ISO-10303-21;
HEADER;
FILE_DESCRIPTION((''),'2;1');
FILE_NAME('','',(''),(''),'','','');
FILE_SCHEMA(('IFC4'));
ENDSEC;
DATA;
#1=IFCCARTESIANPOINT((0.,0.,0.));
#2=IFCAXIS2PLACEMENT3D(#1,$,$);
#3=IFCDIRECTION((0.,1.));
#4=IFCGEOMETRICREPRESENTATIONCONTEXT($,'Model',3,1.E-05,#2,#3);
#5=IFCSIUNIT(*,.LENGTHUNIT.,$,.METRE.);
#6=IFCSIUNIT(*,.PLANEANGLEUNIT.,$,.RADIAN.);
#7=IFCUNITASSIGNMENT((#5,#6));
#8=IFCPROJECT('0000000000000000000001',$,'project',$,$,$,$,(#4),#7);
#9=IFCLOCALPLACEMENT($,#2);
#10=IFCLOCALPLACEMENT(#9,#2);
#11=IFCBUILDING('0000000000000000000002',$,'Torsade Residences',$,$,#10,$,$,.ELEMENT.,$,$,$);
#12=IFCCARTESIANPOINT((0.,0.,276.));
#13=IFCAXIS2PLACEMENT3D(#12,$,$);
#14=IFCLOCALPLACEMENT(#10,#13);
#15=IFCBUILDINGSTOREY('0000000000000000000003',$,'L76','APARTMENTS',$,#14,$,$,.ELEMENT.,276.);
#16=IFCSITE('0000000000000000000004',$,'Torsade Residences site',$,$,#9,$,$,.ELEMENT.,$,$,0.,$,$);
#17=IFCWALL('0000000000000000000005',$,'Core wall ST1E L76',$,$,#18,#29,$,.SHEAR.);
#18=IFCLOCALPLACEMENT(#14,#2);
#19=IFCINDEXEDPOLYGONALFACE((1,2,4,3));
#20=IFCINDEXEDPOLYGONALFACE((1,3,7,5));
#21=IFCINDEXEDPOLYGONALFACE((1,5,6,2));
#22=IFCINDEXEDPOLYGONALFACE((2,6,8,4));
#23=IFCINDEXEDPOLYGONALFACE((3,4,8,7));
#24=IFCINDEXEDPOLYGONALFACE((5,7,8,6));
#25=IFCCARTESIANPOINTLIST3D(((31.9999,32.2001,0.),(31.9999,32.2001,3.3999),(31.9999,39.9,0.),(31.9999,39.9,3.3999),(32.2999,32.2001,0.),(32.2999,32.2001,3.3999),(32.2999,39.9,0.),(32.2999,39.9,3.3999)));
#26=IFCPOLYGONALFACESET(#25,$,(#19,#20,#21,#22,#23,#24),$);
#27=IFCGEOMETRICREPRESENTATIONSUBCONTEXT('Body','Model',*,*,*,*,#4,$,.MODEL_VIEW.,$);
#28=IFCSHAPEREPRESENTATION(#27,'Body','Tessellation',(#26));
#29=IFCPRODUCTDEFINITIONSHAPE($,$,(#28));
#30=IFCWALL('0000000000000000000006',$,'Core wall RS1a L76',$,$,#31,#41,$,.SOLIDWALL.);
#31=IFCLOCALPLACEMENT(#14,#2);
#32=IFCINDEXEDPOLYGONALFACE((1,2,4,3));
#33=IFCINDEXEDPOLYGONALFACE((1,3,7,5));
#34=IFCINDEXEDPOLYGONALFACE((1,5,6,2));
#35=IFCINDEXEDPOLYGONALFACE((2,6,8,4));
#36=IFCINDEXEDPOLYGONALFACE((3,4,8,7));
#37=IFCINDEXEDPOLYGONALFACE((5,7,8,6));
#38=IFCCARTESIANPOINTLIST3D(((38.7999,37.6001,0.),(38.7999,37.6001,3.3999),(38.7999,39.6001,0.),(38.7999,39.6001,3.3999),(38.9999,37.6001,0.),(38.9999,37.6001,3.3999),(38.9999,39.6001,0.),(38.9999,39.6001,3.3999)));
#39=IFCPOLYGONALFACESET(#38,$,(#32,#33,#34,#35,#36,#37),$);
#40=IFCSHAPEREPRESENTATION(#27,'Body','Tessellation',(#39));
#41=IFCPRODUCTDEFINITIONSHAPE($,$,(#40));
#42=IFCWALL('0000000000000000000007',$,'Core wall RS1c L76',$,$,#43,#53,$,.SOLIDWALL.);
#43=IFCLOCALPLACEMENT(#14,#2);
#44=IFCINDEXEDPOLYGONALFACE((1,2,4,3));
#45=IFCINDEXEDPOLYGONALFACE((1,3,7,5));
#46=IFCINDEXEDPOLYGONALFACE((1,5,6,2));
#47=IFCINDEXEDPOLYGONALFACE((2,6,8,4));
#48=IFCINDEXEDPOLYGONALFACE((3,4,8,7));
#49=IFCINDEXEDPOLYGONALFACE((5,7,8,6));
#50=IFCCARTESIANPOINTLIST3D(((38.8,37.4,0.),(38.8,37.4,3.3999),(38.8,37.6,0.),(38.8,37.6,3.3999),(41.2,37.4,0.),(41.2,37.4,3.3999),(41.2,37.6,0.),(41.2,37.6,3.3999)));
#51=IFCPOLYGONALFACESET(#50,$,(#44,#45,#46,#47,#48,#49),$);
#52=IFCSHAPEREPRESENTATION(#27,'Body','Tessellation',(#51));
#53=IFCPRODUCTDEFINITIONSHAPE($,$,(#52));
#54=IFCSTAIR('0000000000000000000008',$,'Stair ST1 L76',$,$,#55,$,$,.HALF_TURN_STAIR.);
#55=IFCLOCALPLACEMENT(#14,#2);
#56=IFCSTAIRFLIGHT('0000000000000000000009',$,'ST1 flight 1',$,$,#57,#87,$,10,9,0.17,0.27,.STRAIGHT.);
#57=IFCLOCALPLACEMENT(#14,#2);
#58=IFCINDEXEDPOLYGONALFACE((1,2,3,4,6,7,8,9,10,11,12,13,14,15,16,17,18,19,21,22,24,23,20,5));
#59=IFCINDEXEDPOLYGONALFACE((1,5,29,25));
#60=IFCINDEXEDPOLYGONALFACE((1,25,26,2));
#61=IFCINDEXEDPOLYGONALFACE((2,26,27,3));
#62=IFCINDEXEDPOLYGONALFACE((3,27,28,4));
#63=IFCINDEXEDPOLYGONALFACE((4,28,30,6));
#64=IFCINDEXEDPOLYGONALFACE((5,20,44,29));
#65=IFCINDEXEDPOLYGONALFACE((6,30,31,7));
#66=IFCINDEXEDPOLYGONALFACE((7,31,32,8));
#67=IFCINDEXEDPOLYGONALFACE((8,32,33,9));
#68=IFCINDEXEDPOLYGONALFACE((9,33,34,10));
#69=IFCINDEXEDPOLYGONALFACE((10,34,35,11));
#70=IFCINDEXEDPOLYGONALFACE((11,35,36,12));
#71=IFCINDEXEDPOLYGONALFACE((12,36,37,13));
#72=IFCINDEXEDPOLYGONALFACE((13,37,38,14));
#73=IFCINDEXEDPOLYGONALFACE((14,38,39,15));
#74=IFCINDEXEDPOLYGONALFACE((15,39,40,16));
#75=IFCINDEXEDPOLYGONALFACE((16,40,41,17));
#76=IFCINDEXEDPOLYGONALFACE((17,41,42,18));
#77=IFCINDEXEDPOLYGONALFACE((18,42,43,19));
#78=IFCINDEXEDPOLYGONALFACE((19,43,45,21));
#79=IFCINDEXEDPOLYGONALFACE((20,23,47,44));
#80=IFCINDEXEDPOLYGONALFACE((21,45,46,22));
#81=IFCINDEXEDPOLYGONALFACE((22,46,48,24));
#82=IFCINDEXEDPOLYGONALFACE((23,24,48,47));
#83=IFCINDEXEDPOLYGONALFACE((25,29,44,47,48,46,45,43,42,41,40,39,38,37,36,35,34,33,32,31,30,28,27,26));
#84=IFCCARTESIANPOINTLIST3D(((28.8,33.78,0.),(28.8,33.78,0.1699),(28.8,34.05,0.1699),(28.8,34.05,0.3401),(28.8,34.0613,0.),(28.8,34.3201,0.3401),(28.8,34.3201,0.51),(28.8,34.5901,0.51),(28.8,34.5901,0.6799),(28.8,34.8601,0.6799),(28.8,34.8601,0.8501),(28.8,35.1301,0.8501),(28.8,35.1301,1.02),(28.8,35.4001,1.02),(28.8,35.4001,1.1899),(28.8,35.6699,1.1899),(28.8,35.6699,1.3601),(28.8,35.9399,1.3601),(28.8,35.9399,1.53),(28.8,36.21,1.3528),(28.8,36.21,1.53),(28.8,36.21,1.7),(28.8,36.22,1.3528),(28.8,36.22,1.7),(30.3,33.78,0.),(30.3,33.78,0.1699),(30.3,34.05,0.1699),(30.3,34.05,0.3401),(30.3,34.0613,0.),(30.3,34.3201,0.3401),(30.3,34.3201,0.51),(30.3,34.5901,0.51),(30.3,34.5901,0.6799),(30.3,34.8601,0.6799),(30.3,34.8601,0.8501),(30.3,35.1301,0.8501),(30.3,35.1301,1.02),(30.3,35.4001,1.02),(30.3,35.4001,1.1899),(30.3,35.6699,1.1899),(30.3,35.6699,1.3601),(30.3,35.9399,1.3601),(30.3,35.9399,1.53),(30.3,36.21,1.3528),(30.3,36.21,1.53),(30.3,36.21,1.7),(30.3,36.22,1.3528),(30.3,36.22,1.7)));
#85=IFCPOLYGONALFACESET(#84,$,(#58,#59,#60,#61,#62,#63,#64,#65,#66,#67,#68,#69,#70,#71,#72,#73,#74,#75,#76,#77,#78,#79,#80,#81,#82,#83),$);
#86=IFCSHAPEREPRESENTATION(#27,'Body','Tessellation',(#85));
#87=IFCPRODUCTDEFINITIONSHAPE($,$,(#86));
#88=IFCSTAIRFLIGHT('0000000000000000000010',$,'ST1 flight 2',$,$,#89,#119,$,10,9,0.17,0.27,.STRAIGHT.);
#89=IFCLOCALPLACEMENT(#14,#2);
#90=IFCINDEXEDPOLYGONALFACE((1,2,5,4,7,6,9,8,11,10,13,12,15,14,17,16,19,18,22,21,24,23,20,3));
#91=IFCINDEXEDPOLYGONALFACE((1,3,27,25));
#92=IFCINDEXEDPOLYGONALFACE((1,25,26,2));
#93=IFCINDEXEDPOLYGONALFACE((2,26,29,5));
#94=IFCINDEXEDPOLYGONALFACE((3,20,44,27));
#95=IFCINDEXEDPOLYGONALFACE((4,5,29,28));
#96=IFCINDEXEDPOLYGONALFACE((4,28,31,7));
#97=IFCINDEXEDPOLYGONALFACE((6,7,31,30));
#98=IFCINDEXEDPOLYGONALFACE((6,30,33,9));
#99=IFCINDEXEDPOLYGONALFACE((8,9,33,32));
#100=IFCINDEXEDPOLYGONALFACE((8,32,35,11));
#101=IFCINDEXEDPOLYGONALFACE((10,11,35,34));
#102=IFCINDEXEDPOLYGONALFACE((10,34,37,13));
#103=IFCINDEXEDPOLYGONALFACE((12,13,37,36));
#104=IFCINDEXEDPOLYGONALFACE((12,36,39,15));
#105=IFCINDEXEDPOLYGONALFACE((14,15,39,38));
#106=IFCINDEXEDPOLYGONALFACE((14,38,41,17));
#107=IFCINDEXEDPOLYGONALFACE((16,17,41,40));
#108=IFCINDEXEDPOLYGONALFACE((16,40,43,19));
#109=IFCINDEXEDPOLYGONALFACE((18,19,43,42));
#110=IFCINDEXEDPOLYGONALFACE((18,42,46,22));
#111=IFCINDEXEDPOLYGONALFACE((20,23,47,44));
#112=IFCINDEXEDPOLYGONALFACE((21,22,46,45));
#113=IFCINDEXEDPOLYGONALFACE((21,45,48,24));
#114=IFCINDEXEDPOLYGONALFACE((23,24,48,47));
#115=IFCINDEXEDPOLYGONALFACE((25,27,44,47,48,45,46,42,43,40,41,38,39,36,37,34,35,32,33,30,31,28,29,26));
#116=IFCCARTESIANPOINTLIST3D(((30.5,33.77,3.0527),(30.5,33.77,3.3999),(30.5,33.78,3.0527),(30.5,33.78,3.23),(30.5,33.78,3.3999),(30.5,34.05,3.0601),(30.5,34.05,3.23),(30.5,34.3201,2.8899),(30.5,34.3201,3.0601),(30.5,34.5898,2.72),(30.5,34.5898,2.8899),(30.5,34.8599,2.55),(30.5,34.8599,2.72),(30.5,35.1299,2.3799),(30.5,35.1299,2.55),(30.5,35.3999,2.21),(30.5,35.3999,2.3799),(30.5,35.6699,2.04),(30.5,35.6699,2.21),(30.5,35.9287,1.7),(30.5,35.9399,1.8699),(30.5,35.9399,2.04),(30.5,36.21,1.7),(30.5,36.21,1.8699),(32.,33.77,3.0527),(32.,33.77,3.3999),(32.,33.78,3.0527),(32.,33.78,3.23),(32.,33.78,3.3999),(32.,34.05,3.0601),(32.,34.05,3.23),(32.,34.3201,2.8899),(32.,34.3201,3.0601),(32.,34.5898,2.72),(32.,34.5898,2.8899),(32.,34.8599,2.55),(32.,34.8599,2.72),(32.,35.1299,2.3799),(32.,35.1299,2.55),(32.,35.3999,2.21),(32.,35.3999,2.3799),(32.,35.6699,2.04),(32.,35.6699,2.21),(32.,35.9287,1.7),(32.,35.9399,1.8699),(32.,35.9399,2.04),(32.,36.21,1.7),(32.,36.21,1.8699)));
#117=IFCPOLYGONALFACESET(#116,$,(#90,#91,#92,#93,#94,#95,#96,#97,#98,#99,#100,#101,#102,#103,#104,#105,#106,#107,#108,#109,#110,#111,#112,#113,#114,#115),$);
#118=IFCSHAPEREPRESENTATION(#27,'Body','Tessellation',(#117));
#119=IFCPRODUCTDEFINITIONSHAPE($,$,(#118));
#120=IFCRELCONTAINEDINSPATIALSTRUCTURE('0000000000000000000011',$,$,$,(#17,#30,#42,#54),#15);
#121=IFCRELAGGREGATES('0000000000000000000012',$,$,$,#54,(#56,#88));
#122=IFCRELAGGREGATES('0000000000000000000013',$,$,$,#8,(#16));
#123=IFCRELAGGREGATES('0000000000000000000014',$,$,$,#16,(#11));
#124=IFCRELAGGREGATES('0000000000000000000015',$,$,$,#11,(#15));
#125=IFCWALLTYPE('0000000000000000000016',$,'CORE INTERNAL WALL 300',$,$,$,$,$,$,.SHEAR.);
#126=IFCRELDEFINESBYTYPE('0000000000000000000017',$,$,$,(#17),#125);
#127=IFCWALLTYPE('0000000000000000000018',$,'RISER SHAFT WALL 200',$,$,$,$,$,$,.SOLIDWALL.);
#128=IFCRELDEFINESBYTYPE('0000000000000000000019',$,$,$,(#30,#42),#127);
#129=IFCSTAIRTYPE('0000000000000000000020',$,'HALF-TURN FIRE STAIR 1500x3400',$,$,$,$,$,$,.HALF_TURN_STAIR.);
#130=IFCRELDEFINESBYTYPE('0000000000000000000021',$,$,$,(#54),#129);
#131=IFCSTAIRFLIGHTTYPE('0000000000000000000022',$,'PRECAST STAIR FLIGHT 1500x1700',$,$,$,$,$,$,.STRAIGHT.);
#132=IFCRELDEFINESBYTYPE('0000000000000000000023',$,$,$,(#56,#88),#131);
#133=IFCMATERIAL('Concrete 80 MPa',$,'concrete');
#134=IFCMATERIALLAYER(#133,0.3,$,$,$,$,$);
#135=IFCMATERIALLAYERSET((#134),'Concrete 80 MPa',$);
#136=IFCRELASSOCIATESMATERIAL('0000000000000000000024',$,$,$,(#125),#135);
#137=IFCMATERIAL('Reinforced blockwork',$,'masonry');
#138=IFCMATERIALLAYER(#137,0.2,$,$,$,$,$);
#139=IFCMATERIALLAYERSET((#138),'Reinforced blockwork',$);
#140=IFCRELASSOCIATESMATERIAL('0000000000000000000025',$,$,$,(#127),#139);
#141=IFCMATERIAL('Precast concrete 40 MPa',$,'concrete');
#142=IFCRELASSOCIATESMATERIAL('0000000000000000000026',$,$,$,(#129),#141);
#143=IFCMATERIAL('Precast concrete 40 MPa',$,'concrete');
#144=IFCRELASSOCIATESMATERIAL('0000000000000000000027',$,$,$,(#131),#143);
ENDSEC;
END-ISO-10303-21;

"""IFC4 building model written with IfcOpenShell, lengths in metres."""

from ifc_helpers import new_model, si_unit, direction, frame, frame_2d, origin, place, context, subcontext, project, spatial, polyline, rectangle, outline, extrude, material, layer, layer_set, type_object, element, aggregate, save


model = new_model("IFC4")

# Units and contexts
model_context = context("Model", 3, precision=1e-05, world=origin(), true_north=direction((0.0, 1.0)))
body_context = subcontext(model_context, "Body", "Model", "MODEL_VIEW")
ifc_project = project(units=[si_unit("LENGTHUNIT", "METRE"), si_unit("PLANEANGLEUNIT", "RADIAN")], contexts=[model_context])

# Site, building, storey
site_placement = place(None, origin())
site = spatial("IfcSite", under=ifc_project, at=site_placement, Name="Torsade Residences site", CompositionType="ELEMENT", RefElevation=0.0)
building_placement = place(site_placement, origin())
building = spatial("IfcBuilding", under=site, at=building_placement, Name="Torsade Residences", CompositionType="ELEMENT")
storey_placement = place(building_placement, frame((0.0, 0.0, 276.0)))
storey = spatial("IfcBuildingStorey", under=building, at=storey_placement, Name="L76", Description="APARTMENTS", CompositionType="ELEMENT", Elevation=276.0)

# Shared definitions
ifc_material_1 = material(Name="Concrete 80 MPa", Category="concrete")
ifc_layer_1 = layer(ifc_material_1, 0.3)
ifc_layer_set_1 = layer_set([ifc_layer_1], Name="Concrete 80 MPa")
wall_type_1 = type_object("IfcWallType", Name="CORE INTERNAL WALL 300", PredefinedType="SHEAR", material=ifc_layer_set_1)

# Walls
wall_1_placement = place(storey_placement, frame((32.1499, 32.2, 0.0), z_axis=(0.0, 0.0, 1.0), x_axis=(0.0, 1.0, 0.0)))
element("IfcWall", 1, at=wall_1_placement, inside=storey, type_object=wall_type_1, Name="Core wall ST1E L76", PredefinedType="SHEAR", context=body_context, shape_type="SweptSolid", body=[
    extrude(rectangle(XDim=7.7, YDim=0.3, at=frame_2d((3.8501, 0.0))), origin(), (0.0, 0.0, 1.0), 3.3999),
])
ifc_material_2 = material(Name="Reinforced blockwork", Category="masonry")
ifc_layer_2 = layer(ifc_material_2, 0.2)
ifc_layer_set_2 = layer_set([ifc_layer_2], Name="Reinforced blockwork")
wall_type_2 = type_object("IfcWallType", Name="RISER SHAFT WALL 200", PredefinedType="SOLIDWALL", material=ifc_layer_set_2)
wall_2_placement = place(storey_placement, frame((38.8999, 37.6001, 0.0), z_axis=(0.0, 0.0, 1.0), x_axis=(0.0, 1.0, 0.0)))
element("IfcWall", 2, at=wall_2_placement, inside=storey, type_object=wall_type_2, Name="Core wall RS1a L76", PredefinedType="SOLIDWALL", context=body_context, shape_type="SweptSolid", body=[
    extrude(rectangle(XDim=2.0, YDim=0.2, at=frame_2d((1.0, 0.0))), origin(), (0.0, 0.0, 1.0), 3.3999),
])
wall_3_placement = place(storey_placement, frame((38.8, 37.5, 0.0), z_axis=(0.0, 0.0, 1.0), x_axis=(1.0, 0.0, 0.0)))
element("IfcWall", 3, at=wall_3_placement, inside=storey, type_object=wall_type_2, Name="Core wall RS1c L76", PredefinedType="SOLIDWALL", context=body_context, shape_type="SweptSolid", body=[
    extrude(rectangle(XDim=2.3999, YDim=0.2, at=frame_2d((1.2, 0.0))), origin(), (0.0, 0.0, 1.0), 3.3999),
])

# Stair, stair flights
ifc_material_3 = material(Name="Precast concrete 40 MPa", Category="concrete")
stair_type = type_object("IfcStairType", Name="HALF-TURN FIRE STAIR 1500x3400", PredefinedType="HALF_TURN_STAIR", material=ifc_material_3)
stair_placement = place(storey_placement, origin())
stair = element("IfcStair", 4, at=stair_placement, inside=storey, type_object=stair_type, Name="Stair ST1 L76", PredefinedType="HALF_TURN_STAIR")
ifc_material_4 = material(Name="Precast concrete 40 MPa", Category="concrete")
stair_flight_type = type_object("IfcStairFlightType", Name="PRECAST STAIR FLIGHT 1500x1700", PredefinedType="STRAIGHT", material=ifc_material_4)
stair_flight_1_placement = place(storey_placement, frame((29.55, 33.78, 0.0), z_axis=(0.0, 0.0, 1.0), x_axis=(0.0, 1.0, 0.0)))
stair_flight_1 = element("IfcStairFlight", 5, at=stair_flight_1_placement, type_object=stair_flight_type, Name="ST1 flight 1", NumberOfRisers=10, NumberOfTreads=9, PredefinedType="STRAIGHT", RiserHeight=0.17, TreadLength=0.27, context=body_context, shape_type="SweptSolid", body=[
    extrude(outline(polyline([(0.0, 0.0), (0.0, 0.1699), (0.27, 0.1699), (0.27, 0.3401), (0.54, 0.3401), (0.54, 0.51), (0.8101, 0.51), (0.8101, 0.6799), (1.0801, 0.6799), (1.0801, 0.8501), (1.3501, 0.8501), (1.3501, 1.02), (1.6201, 1.02), (1.6201, 1.1899), (1.8899, 1.1899), (1.8899, 1.3601), (2.1599, 1.3601), (2.1599, 1.53), (2.4299, 1.53), (2.4299, 1.7), (2.4399, 1.7), (2.4399, 1.3528), (2.4299, 1.3528), (0.2812, 0.0), (0.0, 0.0)])), frame((0.0, 0.75, 0.0), z_axis=(0.0, -1.0, 0.0), x_axis=(1.0, 0.0, 0.0)), (0.0, 0.0, 1.0), 1.5),
])
stair_flight_2_placement = place(storey_placement, frame((31.25, 36.21, 1.7), z_axis=(0.0, 0.0, 1.0), x_axis=(0.0, -1.0, 0.0)))
stair_flight_2 = element("IfcStairFlight", 6, at=stair_flight_2_placement, type_object=stair_flight_type, Name="ST1 flight 2", NumberOfRisers=10, NumberOfTreads=9, PredefinedType="STRAIGHT", RiserHeight=0.17, TreadLength=0.27, context=body_context, shape_type="SweptSolid", body=[
    extrude(outline(polyline([(0.0, 0.0), (0.0, 0.1699), (0.27, 0.1699), (0.27, 0.3401), (0.54, 0.3401), (0.54, 0.51), (0.8101, 0.51), (0.8101, 0.6799), (1.0801, 0.6799), (1.0801, 0.8501), (1.3501, 0.8501), (1.3501, 1.02), (1.6201, 1.02), (1.6201, 1.1899), (1.8899, 1.1899), (1.8899, 1.3601), (2.1599, 1.3601), (2.1599, 1.53), (2.4299, 1.53), (2.4299, 1.7), (2.4399, 1.7), (2.4399, 1.3528), (2.4299, 1.3528), (0.2812, 0.0), (0.0, 0.0)])), frame((0.0, 0.75, 0.0), z_axis=(0.0, -1.0, 0.0), x_axis=(1.0, 0.0, 0.0)), (0.0, 0.0, 1.0), 1.5),
])
aggregate(stair, [stair_flight_1, stair_flight_2])

save(model, "model.ifc")
